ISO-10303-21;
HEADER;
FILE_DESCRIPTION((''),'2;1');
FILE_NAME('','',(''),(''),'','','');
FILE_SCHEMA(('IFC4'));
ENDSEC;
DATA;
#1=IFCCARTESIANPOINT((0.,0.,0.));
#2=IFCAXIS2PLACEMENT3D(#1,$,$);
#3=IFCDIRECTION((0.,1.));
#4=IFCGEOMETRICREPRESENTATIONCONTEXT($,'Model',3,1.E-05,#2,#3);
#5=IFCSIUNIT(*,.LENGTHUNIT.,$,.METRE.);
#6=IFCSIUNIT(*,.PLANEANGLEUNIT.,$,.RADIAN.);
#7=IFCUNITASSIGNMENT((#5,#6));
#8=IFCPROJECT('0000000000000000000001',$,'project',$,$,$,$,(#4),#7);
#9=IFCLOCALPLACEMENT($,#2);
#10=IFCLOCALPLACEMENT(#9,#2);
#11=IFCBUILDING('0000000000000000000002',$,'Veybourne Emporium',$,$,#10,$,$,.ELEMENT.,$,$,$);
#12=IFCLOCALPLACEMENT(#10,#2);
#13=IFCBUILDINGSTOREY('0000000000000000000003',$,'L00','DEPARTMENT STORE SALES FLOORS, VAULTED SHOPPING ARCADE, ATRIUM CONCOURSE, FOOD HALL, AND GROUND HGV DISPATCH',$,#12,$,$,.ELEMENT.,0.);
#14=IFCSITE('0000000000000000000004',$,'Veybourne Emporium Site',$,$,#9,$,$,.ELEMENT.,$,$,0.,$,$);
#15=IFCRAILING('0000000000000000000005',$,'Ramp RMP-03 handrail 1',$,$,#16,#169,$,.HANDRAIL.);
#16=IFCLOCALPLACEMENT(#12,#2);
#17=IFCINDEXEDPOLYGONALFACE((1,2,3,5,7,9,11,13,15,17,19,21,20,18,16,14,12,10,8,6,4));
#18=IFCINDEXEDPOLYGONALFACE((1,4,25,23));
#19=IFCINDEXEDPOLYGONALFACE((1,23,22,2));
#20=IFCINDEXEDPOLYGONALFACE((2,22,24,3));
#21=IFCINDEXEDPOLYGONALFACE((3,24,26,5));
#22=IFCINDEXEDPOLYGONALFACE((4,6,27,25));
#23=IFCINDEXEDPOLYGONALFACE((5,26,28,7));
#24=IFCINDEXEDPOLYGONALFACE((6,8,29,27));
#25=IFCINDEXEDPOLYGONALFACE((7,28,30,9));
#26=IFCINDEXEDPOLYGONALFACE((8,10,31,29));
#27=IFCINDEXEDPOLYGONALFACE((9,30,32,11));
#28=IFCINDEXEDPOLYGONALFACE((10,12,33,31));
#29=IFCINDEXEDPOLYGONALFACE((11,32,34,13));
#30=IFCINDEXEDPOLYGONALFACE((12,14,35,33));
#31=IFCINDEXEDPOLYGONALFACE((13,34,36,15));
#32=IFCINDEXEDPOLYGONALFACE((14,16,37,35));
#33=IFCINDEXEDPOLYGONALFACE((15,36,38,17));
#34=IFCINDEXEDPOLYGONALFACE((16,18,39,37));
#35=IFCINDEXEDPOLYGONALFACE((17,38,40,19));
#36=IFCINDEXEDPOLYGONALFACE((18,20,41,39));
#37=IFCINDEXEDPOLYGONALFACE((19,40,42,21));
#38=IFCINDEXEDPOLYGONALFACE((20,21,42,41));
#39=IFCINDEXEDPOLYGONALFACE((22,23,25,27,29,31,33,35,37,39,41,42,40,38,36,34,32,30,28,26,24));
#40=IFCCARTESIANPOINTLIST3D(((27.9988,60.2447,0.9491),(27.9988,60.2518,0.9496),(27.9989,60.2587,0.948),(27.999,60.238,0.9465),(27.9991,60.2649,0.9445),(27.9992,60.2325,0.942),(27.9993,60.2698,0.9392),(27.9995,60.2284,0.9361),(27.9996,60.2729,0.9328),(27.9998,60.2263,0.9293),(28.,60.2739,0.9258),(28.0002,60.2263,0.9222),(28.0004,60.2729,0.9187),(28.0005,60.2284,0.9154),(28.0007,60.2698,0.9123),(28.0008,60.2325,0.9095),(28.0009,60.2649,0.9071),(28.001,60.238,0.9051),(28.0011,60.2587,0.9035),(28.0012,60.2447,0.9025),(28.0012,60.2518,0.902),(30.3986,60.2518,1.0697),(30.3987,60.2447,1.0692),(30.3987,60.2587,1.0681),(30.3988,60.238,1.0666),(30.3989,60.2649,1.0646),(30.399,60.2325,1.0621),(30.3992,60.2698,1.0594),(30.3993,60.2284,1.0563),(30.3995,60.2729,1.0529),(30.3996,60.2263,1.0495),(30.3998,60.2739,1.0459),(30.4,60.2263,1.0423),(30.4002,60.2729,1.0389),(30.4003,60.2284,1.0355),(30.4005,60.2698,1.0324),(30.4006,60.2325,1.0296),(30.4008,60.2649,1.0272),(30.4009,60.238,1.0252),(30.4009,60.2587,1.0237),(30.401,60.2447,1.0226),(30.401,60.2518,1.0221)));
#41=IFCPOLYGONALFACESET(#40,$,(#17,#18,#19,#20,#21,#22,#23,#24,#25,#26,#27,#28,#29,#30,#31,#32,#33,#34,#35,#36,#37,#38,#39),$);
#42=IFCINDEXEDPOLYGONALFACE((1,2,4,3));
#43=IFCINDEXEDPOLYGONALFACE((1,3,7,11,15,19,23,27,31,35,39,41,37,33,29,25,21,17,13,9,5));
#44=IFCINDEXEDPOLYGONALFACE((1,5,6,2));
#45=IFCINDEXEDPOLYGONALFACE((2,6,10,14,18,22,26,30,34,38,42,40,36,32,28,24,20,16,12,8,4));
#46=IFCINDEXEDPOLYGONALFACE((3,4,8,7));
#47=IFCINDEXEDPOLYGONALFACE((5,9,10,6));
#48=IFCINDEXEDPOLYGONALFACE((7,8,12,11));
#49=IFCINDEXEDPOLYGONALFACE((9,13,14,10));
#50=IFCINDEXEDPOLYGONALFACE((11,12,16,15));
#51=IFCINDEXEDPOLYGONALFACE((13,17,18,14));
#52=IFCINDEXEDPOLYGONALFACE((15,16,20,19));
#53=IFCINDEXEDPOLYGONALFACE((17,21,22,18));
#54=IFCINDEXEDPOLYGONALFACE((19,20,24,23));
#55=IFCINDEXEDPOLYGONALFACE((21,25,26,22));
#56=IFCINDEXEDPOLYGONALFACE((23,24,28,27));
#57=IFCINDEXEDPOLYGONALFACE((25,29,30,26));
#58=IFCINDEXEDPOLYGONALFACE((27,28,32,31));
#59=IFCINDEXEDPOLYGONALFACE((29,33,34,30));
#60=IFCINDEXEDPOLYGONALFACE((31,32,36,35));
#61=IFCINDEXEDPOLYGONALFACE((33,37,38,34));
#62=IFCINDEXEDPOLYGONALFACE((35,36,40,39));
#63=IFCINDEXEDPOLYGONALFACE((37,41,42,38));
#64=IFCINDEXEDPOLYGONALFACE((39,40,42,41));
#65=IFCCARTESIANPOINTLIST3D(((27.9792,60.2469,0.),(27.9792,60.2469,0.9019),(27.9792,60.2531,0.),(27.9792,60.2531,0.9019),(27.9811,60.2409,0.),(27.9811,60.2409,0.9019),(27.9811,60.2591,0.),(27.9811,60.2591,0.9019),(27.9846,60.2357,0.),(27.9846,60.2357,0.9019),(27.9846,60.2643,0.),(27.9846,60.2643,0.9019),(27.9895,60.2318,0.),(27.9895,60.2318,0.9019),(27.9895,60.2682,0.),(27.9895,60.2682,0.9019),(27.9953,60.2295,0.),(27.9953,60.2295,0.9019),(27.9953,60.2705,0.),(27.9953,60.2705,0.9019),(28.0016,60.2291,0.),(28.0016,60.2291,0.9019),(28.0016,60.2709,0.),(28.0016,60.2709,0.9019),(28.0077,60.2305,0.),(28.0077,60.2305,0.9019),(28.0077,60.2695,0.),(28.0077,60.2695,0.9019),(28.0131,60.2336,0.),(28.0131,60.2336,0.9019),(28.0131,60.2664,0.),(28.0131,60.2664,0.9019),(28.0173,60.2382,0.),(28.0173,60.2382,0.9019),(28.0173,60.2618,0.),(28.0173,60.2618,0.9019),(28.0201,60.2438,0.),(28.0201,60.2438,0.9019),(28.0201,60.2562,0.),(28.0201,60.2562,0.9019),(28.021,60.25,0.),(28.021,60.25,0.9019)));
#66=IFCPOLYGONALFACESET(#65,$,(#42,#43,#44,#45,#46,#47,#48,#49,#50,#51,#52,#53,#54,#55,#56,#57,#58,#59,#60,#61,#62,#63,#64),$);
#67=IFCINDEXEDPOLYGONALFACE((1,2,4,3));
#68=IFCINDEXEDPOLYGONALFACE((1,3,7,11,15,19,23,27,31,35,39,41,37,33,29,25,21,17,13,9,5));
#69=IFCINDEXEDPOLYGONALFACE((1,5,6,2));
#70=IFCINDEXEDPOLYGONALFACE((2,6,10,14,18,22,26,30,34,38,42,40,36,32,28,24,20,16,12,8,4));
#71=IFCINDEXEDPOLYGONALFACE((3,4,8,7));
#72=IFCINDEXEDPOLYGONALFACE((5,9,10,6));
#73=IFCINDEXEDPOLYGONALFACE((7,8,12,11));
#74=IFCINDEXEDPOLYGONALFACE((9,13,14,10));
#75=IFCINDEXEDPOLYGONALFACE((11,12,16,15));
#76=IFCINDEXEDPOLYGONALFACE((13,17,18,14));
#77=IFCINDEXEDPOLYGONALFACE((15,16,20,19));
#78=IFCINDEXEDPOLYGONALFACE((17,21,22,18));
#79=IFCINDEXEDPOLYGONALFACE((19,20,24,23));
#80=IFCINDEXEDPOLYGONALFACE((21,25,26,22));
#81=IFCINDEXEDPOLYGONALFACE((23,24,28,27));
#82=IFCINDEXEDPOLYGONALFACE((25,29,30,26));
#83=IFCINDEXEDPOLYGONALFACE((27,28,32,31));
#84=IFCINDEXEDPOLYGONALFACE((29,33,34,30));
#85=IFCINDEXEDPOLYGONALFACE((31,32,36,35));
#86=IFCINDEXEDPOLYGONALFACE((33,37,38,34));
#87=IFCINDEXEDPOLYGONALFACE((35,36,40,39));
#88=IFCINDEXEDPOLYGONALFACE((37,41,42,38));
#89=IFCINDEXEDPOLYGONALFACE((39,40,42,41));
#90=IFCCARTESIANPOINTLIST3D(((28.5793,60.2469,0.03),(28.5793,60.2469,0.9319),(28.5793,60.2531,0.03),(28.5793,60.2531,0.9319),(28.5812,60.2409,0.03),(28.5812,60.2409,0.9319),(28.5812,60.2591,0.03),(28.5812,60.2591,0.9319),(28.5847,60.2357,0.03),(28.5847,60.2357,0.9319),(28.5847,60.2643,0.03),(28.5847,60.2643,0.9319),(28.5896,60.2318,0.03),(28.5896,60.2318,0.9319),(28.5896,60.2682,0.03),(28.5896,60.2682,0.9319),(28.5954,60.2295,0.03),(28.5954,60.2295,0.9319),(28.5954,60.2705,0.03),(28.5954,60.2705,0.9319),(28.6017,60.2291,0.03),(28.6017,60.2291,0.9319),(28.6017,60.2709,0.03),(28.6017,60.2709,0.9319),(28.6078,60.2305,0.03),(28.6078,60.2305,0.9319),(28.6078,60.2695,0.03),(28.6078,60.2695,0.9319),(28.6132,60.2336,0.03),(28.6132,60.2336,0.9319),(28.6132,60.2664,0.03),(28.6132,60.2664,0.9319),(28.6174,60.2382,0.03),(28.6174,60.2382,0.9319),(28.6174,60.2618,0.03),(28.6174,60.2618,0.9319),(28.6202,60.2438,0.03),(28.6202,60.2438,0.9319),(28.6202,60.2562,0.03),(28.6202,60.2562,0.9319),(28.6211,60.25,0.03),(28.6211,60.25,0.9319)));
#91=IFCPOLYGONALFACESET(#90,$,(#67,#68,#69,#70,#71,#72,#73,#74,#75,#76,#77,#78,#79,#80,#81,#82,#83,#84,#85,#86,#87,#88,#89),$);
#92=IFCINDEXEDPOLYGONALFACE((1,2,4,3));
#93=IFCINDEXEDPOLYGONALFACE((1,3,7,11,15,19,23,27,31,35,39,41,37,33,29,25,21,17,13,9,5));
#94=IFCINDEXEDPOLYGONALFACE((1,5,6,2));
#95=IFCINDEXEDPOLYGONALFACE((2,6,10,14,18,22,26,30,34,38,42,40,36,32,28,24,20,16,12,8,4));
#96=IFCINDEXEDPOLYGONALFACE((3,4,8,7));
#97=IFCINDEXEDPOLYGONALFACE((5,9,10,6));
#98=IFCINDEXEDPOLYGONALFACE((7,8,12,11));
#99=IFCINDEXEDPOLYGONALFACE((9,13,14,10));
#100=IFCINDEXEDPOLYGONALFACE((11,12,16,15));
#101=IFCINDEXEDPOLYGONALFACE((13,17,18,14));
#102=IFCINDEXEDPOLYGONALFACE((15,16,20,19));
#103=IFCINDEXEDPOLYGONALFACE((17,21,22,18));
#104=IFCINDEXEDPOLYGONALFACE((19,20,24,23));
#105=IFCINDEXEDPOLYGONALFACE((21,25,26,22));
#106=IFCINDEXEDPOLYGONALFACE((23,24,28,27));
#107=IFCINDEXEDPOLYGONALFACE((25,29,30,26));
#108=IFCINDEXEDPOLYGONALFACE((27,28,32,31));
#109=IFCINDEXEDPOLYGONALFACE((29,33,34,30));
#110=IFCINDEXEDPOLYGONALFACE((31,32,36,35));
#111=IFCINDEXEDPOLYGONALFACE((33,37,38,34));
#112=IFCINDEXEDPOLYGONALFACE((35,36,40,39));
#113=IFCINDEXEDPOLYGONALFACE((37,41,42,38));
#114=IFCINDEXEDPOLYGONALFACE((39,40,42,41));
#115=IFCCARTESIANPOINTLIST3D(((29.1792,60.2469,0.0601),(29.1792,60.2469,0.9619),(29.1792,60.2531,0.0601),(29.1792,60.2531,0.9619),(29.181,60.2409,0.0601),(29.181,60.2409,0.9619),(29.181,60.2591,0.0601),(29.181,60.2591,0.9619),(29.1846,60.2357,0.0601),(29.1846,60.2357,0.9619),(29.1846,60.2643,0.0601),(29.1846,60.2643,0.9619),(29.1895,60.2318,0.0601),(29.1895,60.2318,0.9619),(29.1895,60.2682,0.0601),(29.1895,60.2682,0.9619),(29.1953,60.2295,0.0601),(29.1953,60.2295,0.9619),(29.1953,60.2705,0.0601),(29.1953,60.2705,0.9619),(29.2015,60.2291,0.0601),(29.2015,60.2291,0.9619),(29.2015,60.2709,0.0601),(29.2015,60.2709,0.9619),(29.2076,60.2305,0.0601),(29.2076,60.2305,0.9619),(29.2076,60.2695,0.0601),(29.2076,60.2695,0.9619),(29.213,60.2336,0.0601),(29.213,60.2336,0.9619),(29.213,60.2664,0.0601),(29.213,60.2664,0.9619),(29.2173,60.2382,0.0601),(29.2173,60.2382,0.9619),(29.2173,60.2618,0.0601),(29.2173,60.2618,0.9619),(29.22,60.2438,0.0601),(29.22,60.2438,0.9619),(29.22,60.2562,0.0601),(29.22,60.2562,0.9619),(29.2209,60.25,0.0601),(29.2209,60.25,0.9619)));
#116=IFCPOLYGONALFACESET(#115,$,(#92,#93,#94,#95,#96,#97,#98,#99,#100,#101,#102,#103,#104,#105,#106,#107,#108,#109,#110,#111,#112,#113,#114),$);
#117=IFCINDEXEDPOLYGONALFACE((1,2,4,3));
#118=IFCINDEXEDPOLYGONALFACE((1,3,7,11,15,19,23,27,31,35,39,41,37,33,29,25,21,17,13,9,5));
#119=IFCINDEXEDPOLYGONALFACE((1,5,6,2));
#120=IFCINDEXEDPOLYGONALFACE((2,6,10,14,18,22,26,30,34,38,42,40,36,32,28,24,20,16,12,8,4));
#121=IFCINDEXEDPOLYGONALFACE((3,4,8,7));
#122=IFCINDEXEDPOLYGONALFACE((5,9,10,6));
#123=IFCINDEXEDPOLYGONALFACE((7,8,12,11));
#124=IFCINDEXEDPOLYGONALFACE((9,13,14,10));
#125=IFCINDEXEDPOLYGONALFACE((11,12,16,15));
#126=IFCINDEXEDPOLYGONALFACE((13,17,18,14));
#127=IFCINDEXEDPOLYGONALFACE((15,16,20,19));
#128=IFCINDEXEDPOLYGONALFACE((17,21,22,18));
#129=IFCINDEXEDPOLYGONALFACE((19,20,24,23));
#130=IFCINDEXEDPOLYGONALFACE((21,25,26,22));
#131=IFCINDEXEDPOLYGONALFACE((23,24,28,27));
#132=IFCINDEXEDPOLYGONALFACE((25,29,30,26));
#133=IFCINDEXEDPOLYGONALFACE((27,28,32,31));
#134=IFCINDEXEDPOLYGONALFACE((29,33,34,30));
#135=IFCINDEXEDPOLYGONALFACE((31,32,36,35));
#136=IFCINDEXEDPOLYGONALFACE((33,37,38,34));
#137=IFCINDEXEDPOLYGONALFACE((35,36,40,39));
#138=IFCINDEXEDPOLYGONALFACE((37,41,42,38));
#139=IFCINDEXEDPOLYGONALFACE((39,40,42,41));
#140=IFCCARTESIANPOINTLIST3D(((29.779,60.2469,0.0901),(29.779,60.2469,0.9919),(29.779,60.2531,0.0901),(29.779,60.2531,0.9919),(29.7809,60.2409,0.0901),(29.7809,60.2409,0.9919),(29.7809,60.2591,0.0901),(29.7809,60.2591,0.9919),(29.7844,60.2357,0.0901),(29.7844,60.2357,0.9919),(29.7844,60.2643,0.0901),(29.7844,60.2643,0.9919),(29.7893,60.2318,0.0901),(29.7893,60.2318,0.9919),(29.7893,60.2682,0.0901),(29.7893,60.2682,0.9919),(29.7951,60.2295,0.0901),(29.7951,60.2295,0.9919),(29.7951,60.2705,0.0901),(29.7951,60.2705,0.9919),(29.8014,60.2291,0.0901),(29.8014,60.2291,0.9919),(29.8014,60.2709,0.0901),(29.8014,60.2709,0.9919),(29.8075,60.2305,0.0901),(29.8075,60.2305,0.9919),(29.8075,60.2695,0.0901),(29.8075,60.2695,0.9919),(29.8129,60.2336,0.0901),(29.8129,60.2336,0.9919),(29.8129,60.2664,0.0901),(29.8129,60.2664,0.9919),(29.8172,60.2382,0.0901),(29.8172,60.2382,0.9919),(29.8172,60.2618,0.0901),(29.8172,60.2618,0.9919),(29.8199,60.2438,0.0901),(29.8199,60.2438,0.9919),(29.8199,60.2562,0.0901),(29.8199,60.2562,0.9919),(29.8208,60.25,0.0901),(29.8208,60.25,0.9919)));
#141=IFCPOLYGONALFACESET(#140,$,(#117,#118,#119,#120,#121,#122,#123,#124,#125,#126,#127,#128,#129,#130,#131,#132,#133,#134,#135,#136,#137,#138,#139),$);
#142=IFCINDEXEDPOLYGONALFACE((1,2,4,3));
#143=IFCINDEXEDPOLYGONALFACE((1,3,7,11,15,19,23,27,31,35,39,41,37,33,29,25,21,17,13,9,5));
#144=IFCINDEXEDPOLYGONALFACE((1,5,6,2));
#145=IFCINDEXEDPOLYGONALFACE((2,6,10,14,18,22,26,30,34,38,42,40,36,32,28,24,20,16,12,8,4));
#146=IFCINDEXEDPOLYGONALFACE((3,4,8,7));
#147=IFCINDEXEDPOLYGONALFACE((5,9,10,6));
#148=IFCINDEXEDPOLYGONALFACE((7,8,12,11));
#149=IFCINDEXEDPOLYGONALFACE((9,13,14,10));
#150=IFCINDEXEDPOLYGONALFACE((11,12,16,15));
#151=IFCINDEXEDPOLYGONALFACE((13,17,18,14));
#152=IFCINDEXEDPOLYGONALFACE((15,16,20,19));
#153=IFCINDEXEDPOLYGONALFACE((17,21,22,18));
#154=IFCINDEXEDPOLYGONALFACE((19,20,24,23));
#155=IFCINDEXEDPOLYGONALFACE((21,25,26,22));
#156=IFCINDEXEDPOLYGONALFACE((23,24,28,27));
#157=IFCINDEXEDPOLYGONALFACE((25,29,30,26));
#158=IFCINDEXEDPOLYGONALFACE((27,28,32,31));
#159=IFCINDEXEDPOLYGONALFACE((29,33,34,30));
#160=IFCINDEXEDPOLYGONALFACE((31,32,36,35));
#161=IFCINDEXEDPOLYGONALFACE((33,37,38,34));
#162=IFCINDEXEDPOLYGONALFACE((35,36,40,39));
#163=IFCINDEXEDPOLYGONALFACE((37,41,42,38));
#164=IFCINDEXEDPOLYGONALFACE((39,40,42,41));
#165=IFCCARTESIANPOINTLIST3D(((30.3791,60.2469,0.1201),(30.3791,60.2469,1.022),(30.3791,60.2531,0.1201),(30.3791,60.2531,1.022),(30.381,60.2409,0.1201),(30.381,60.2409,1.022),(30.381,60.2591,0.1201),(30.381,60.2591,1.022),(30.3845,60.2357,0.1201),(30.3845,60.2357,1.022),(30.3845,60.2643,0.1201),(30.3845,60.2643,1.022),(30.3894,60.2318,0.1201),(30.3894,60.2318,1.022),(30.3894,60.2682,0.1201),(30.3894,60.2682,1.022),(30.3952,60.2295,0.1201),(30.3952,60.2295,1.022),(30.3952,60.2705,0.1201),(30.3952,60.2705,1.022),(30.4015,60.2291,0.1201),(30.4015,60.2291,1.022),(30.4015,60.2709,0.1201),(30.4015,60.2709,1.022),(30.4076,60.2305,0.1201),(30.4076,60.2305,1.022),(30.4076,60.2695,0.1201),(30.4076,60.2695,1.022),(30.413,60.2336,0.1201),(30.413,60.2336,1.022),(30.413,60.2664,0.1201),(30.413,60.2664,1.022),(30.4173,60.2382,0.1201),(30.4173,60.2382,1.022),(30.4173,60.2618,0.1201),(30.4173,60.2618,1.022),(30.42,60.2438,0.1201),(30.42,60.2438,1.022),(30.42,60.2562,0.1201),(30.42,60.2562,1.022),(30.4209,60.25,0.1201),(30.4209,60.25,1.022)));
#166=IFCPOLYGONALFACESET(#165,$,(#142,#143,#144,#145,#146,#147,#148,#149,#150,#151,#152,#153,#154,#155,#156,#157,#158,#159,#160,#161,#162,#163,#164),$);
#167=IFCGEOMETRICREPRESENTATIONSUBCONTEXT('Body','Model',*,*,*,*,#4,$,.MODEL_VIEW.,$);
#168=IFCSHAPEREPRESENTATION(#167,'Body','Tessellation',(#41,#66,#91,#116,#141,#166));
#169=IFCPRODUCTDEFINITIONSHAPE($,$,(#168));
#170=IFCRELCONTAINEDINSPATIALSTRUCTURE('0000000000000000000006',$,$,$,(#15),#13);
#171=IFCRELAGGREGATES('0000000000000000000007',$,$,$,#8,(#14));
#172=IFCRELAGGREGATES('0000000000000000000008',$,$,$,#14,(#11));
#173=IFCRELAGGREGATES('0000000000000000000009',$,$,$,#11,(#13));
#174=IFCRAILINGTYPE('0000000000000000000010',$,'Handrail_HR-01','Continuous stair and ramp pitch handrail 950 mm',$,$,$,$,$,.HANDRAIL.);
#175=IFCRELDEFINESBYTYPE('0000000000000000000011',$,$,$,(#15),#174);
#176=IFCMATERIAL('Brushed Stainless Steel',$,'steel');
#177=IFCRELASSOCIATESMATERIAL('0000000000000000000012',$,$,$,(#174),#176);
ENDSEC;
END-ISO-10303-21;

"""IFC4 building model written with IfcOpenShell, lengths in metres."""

from ifc_helpers import new_model, si_unit, direction, frame, origin, origin_2d, place, context, subcontext, project, spatial, circle, extrude, material, type_object, element, save


model = new_model("IFC4")

# Units and contexts
model_context = context("Model", 3, precision=1e-05, world=origin(), true_north=direction((0.0, 1.0)))
body_context = subcontext(model_context, "Body", "Model", "MODEL_VIEW")
ifc_project = project(units=[si_unit("LENGTHUNIT", "METRE"), si_unit("PLANEANGLEUNIT", "RADIAN")], contexts=[model_context])

# Site, building, storey
site_placement = place(None, origin())
site = spatial("IfcSite", under=ifc_project, at=site_placement, Name="Veybourne Emporium Site", CompositionType="ELEMENT", RefElevation=0.0)
building_placement = place(site_placement, origin())
building = spatial("IfcBuilding", under=site, at=building_placement, Name="Veybourne Emporium", CompositionType="ELEMENT")
storey_placement = place(building_placement, origin())
storey = spatial("IfcBuildingStorey", under=building, at=storey_placement, Name="L00", Description="DEPARTMENT STORE SALES FLOORS, VAULTED SHOPPING ARCADE, ATRIUM CONCOURSE, FOOD HALL, AND GROUND HGV DISPATCH", CompositionType="ELEMENT", Elevation=0.0)

# Railing
ifc_material_1 = material(Name="Brushed Stainless Steel", Category="steel")
railing_type_1 = type_object("IfcRailingType", Name="Handrail_HR-01", Description="Continuous stair and ramp pitch handrail 950 mm", PredefinedType="HANDRAIL", material=ifc_material_1)
for number, where, name in (
    (1, (28.0, 60.25, 0.0), "Ramp RMP-03 handrail 1"),
):
    element("IfcRailing", number, at=place(storey_placement, frame(where)), inside=storey, type_object=railing_type_1, Name=name, PredefinedType="HANDRAIL", context=body_context, shape_type="SweptSolid", body=[
        extrude(circle(Radius=0.0239, at=origin_2d()), frame((0.0, 0.0, 0.9258), z_axis=(0.99875, 0.0, 0.049988), x_axis=(0.0, 1.0, 0.0)), (0.0, 0.0, 1.0), 2.4028),
        extrude(circle(Radius=0.021, at=origin_2d()), origin(), (0.0, 0.0, 1.0), 0.9019),
        extrude(circle(Radius=0.021, at=origin_2d()), frame((0.6001, 0.0, 0.03)), (0.0, 0.0, 1.0), 0.9019),
        extrude(circle(Radius=0.021, at=origin_2d()), frame((1.2, 0.0, 0.0601)), (0.0, 0.0, 1.0), 0.9019),
        extrude(circle(Radius=0.021, at=origin_2d()), frame((1.7998, 0.0, 0.0901)), (0.0, 0.0, 1.0), 0.9019),
        extrude(circle(Radius=0.021, at=origin_2d()), frame((2.3999, 0.0, 0.1201)), (0.0, 0.0, 1.0), 0.9019),
    ])

save(model, "model.ifc")
